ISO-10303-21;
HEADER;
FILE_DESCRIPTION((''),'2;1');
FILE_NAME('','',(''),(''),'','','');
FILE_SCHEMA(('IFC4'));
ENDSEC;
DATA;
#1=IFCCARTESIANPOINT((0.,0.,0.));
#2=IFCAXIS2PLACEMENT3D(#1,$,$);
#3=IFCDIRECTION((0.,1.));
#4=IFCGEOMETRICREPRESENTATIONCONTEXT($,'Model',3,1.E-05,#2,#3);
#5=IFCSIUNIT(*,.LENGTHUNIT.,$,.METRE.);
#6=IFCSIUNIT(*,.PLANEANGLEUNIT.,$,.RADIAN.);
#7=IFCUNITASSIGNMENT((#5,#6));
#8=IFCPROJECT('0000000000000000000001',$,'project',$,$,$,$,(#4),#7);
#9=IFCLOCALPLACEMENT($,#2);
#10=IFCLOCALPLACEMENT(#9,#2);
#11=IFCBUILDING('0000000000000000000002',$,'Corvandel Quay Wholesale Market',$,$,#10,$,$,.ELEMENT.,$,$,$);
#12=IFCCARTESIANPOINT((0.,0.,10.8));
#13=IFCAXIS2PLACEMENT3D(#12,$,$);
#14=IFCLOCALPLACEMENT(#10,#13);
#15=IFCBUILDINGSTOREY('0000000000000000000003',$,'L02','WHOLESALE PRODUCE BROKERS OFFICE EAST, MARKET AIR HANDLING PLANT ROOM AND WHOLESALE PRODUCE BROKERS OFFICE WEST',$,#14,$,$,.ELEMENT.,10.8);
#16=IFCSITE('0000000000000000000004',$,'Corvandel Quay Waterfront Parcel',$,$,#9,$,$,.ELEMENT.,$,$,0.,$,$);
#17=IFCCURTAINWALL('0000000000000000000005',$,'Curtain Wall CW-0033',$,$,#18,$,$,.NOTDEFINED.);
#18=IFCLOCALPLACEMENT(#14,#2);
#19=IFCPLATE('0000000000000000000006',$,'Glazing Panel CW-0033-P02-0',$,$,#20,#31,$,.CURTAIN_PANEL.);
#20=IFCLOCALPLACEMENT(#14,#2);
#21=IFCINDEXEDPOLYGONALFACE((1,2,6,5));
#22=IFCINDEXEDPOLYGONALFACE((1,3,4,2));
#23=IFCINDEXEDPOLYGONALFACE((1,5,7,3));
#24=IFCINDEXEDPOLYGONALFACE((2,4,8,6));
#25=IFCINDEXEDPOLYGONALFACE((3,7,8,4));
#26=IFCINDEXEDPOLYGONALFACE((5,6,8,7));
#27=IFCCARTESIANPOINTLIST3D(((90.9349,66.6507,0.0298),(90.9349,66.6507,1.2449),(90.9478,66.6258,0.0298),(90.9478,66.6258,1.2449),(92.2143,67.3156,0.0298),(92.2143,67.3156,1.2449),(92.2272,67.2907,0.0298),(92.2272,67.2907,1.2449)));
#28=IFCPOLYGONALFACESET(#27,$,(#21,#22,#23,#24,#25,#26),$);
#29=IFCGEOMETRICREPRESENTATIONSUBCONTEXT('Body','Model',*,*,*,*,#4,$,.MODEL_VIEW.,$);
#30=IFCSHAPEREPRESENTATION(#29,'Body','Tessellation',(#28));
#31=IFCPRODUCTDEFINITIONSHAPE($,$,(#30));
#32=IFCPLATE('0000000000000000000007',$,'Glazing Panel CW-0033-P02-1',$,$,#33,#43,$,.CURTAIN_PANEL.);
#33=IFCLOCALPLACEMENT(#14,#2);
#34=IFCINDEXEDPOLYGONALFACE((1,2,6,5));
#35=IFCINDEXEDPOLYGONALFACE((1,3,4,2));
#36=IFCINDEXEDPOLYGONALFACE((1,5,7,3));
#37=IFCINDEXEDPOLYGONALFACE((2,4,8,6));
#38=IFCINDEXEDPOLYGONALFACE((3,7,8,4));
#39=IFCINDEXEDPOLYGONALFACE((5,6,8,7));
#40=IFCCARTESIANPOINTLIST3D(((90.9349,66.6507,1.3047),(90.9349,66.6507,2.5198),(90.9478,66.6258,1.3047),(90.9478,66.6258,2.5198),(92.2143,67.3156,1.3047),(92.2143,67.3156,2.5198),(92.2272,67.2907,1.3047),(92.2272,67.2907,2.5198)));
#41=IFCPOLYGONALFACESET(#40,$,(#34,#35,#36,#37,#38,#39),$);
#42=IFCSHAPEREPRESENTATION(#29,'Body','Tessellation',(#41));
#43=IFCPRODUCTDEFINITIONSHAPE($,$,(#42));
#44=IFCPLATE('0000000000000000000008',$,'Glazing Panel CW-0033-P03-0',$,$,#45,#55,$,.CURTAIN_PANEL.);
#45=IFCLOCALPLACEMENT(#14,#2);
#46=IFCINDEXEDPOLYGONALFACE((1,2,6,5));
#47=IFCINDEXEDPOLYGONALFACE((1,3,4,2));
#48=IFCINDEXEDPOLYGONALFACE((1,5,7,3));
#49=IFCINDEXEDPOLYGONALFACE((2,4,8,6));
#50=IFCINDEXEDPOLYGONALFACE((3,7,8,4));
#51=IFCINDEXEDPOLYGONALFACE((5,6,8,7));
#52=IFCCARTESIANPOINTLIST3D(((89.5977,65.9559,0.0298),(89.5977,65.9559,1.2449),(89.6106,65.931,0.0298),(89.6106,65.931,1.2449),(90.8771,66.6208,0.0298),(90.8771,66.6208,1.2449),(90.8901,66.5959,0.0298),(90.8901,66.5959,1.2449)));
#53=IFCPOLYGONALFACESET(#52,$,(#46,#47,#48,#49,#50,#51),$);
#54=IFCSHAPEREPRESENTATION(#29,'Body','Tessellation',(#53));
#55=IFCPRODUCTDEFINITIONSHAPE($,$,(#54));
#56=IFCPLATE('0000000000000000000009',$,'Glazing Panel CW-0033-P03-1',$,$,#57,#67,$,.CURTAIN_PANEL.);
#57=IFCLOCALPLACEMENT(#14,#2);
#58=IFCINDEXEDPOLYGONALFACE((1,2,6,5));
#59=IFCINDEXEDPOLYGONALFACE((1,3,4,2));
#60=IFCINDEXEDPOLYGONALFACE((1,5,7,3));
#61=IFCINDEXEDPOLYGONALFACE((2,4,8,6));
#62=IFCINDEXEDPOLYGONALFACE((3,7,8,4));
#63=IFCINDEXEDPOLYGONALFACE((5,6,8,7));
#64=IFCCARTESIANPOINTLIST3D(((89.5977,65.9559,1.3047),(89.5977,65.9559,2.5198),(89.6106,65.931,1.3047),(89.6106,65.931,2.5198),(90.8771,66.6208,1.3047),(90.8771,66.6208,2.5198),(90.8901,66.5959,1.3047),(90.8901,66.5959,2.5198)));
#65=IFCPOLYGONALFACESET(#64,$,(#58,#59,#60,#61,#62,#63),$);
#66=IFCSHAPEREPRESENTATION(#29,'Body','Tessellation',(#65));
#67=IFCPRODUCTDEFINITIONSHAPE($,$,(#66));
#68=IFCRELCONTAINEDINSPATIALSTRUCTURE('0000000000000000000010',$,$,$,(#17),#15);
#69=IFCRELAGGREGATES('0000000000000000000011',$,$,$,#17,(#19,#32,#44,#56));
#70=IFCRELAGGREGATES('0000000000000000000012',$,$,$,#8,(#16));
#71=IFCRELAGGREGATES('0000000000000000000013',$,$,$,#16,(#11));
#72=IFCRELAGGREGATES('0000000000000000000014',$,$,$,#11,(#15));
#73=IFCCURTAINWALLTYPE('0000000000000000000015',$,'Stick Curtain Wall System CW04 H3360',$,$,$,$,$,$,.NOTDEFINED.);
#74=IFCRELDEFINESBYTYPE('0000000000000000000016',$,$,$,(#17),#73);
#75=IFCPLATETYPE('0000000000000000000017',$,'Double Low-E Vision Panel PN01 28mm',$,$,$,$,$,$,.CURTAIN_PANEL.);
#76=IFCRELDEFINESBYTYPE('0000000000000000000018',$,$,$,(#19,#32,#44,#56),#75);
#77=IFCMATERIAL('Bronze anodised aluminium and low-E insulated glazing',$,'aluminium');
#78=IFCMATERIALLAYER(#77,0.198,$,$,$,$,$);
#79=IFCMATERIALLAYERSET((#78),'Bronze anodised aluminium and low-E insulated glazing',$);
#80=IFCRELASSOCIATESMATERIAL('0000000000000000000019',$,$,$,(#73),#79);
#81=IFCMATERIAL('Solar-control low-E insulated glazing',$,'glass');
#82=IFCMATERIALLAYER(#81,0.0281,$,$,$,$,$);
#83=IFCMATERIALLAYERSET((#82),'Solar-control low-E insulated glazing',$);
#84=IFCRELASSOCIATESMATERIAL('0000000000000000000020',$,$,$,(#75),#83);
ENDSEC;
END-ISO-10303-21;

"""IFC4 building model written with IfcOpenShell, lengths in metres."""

from ifc_helpers import new_model, si_unit, direction, frame, origin, origin_2d, place, context, subcontext, project, spatial, rectangle, extrude, material, layer, layer_set, type_object, element, aggregate, save


model = new_model("IFC4")

# Units and contexts
model_context = context("Model", 3, precision=1e-05, world=origin(), true_north=direction((0.0, 1.0)))
body_context = subcontext(model_context, "Body", "Model", "MODEL_VIEW")
ifc_project = project(units=[si_unit("LENGTHUNIT", "METRE"), si_unit("PLANEANGLEUNIT", "RADIAN")], contexts=[model_context])

# Site, building, storey
site_placement = place(None, origin())
site = spatial("IfcSite", under=ifc_project, at=site_placement, Name="Corvandel Quay Waterfront Parcel", CompositionType="ELEMENT", RefElevation=0.0)
building_placement = place(site_placement, origin())
building = spatial("IfcBuilding", under=site, at=building_placement, Name="Corvandel Quay Wholesale Market", CompositionType="ELEMENT")
storey_placement = place(building_placement, frame((0.0, 0.0, 10.8)))
storey = spatial("IfcBuildingStorey", under=building, at=storey_placement, Name="L02", Description="WHOLESALE PRODUCE BROKERS OFFICE EAST, MARKET AIR HANDLING PLANT ROOM AND WHOLESALE PRODUCE BROKERS OFFICE WEST", CompositionType="ELEMENT", Elevation=10.8)

# Curtain wall
ifc_material_1 = material(Name="Bronze anodised aluminium and low-E insulated glazing", Category="aluminium")
ifc_layer_1 = layer(ifc_material_1, 0.198)
ifc_layer_set_1 = layer_set([ifc_layer_1], Name="Bronze anodised aluminium and low-E insulated glazing")
curtain_wall_type_1 = type_object("IfcCurtainWallType", Name="Stick Curtain Wall System CW04 H3360", PredefinedType="NOTDEFINED", material=ifc_layer_set_1)
curtain_wall_1_placement = place(storey_placement, origin())
curtain_wall_1 = element("IfcCurtainWall", 1, at=curtain_wall_1_placement, inside=storey, type_object=curtain_wall_type_1, Name="Curtain Wall CW-0033", PredefinedType="NOTDEFINED")

# Plates
ifc_material_2 = material(Name="Solar-control low-E insulated glazing", Category="glass")
ifc_layer_2 = layer(ifc_material_2, 0.0281)
ifc_layer_set_2 = layer_set([ifc_layer_2], Name="Solar-control low-E insulated glazing")
plate_type = type_object("IfcPlateType", Name="Double Low-E Vision Panel PN01 28mm", PredefinedType="CURTAIN_PANEL", material=ifc_layer_set_2)
plate_1_placement = place(storey_placement, frame((91.5811, 66.9707, 0.0298), z_axis=(0.0, 0.0, 1.0), x_axis=(0.887333, 0.461129, 0.0)))
plate_1 = element("IfcPlate", 2, at=plate_1_placement, type_object=plate_type, Name="Glazing Panel CW-0033-P02-0", PredefinedType="CURTAIN_PANEL", context=body_context, shape_type="SweptSolid", body=[
    extrude(rectangle(XDim=1.4419, YDim=0.0281, at=origin_2d()), origin(), (0.0, 0.0, 1.0), 1.2151),
])
plate_2_placement = place(storey_placement, frame((91.5811, 66.9707, 1.3047), z_axis=(0.0, 0.0, 1.0), x_axis=(0.887333, 0.461129, 0.0)))
plate_2 = element("IfcPlate", 3, at=plate_2_placement, type_object=plate_type, Name="Glazing Panel CW-0033-P02-1", PredefinedType="CURTAIN_PANEL", context=body_context, shape_type="SweptSolid", body=[
    extrude(rectangle(XDim=1.4419, YDim=0.0281, at=origin_2d()), origin(), (0.0, 0.0, 1.0), 1.2151),
])
plate_3_placement = place(storey_placement, frame((90.2439, 66.2759, 0.0298), z_axis=(0.0, 0.0, 1.0), x_axis=(0.887333, 0.461129, 0.0)))
plate_3 = element("IfcPlate", 4, at=plate_3_placement, type_object=plate_type, Name="Glazing Panel CW-0033-P03-0", PredefinedType="CURTAIN_PANEL", context=body_context, shape_type="SweptSolid", body=[
    extrude(rectangle(XDim=1.4419, YDim=0.0281, at=origin_2d()), origin(), (0.0, 0.0, 1.0), 1.2151),
])
plate_4_placement = place(storey_placement, frame((90.2439, 66.2759, 1.3047), z_axis=(0.0, 0.0, 1.0), x_axis=(0.887333, 0.461129, 0.0)))
plate_4 = element("IfcPlate", 5, at=plate_4_placement, type_object=plate_type, Name="Glazing Panel CW-0033-P03-1", PredefinedType="CURTAIN_PANEL", context=body_context, shape_type="SweptSolid", body=[
    extrude(rectangle(XDim=1.4419, YDim=0.0281, at=origin_2d()), origin(), (0.0, 0.0, 1.0), 1.2151),
])
aggregate(curtain_wall_1, [plate_1, plate_2, plate_3, plate_4])

save(model, "model.ifc")
